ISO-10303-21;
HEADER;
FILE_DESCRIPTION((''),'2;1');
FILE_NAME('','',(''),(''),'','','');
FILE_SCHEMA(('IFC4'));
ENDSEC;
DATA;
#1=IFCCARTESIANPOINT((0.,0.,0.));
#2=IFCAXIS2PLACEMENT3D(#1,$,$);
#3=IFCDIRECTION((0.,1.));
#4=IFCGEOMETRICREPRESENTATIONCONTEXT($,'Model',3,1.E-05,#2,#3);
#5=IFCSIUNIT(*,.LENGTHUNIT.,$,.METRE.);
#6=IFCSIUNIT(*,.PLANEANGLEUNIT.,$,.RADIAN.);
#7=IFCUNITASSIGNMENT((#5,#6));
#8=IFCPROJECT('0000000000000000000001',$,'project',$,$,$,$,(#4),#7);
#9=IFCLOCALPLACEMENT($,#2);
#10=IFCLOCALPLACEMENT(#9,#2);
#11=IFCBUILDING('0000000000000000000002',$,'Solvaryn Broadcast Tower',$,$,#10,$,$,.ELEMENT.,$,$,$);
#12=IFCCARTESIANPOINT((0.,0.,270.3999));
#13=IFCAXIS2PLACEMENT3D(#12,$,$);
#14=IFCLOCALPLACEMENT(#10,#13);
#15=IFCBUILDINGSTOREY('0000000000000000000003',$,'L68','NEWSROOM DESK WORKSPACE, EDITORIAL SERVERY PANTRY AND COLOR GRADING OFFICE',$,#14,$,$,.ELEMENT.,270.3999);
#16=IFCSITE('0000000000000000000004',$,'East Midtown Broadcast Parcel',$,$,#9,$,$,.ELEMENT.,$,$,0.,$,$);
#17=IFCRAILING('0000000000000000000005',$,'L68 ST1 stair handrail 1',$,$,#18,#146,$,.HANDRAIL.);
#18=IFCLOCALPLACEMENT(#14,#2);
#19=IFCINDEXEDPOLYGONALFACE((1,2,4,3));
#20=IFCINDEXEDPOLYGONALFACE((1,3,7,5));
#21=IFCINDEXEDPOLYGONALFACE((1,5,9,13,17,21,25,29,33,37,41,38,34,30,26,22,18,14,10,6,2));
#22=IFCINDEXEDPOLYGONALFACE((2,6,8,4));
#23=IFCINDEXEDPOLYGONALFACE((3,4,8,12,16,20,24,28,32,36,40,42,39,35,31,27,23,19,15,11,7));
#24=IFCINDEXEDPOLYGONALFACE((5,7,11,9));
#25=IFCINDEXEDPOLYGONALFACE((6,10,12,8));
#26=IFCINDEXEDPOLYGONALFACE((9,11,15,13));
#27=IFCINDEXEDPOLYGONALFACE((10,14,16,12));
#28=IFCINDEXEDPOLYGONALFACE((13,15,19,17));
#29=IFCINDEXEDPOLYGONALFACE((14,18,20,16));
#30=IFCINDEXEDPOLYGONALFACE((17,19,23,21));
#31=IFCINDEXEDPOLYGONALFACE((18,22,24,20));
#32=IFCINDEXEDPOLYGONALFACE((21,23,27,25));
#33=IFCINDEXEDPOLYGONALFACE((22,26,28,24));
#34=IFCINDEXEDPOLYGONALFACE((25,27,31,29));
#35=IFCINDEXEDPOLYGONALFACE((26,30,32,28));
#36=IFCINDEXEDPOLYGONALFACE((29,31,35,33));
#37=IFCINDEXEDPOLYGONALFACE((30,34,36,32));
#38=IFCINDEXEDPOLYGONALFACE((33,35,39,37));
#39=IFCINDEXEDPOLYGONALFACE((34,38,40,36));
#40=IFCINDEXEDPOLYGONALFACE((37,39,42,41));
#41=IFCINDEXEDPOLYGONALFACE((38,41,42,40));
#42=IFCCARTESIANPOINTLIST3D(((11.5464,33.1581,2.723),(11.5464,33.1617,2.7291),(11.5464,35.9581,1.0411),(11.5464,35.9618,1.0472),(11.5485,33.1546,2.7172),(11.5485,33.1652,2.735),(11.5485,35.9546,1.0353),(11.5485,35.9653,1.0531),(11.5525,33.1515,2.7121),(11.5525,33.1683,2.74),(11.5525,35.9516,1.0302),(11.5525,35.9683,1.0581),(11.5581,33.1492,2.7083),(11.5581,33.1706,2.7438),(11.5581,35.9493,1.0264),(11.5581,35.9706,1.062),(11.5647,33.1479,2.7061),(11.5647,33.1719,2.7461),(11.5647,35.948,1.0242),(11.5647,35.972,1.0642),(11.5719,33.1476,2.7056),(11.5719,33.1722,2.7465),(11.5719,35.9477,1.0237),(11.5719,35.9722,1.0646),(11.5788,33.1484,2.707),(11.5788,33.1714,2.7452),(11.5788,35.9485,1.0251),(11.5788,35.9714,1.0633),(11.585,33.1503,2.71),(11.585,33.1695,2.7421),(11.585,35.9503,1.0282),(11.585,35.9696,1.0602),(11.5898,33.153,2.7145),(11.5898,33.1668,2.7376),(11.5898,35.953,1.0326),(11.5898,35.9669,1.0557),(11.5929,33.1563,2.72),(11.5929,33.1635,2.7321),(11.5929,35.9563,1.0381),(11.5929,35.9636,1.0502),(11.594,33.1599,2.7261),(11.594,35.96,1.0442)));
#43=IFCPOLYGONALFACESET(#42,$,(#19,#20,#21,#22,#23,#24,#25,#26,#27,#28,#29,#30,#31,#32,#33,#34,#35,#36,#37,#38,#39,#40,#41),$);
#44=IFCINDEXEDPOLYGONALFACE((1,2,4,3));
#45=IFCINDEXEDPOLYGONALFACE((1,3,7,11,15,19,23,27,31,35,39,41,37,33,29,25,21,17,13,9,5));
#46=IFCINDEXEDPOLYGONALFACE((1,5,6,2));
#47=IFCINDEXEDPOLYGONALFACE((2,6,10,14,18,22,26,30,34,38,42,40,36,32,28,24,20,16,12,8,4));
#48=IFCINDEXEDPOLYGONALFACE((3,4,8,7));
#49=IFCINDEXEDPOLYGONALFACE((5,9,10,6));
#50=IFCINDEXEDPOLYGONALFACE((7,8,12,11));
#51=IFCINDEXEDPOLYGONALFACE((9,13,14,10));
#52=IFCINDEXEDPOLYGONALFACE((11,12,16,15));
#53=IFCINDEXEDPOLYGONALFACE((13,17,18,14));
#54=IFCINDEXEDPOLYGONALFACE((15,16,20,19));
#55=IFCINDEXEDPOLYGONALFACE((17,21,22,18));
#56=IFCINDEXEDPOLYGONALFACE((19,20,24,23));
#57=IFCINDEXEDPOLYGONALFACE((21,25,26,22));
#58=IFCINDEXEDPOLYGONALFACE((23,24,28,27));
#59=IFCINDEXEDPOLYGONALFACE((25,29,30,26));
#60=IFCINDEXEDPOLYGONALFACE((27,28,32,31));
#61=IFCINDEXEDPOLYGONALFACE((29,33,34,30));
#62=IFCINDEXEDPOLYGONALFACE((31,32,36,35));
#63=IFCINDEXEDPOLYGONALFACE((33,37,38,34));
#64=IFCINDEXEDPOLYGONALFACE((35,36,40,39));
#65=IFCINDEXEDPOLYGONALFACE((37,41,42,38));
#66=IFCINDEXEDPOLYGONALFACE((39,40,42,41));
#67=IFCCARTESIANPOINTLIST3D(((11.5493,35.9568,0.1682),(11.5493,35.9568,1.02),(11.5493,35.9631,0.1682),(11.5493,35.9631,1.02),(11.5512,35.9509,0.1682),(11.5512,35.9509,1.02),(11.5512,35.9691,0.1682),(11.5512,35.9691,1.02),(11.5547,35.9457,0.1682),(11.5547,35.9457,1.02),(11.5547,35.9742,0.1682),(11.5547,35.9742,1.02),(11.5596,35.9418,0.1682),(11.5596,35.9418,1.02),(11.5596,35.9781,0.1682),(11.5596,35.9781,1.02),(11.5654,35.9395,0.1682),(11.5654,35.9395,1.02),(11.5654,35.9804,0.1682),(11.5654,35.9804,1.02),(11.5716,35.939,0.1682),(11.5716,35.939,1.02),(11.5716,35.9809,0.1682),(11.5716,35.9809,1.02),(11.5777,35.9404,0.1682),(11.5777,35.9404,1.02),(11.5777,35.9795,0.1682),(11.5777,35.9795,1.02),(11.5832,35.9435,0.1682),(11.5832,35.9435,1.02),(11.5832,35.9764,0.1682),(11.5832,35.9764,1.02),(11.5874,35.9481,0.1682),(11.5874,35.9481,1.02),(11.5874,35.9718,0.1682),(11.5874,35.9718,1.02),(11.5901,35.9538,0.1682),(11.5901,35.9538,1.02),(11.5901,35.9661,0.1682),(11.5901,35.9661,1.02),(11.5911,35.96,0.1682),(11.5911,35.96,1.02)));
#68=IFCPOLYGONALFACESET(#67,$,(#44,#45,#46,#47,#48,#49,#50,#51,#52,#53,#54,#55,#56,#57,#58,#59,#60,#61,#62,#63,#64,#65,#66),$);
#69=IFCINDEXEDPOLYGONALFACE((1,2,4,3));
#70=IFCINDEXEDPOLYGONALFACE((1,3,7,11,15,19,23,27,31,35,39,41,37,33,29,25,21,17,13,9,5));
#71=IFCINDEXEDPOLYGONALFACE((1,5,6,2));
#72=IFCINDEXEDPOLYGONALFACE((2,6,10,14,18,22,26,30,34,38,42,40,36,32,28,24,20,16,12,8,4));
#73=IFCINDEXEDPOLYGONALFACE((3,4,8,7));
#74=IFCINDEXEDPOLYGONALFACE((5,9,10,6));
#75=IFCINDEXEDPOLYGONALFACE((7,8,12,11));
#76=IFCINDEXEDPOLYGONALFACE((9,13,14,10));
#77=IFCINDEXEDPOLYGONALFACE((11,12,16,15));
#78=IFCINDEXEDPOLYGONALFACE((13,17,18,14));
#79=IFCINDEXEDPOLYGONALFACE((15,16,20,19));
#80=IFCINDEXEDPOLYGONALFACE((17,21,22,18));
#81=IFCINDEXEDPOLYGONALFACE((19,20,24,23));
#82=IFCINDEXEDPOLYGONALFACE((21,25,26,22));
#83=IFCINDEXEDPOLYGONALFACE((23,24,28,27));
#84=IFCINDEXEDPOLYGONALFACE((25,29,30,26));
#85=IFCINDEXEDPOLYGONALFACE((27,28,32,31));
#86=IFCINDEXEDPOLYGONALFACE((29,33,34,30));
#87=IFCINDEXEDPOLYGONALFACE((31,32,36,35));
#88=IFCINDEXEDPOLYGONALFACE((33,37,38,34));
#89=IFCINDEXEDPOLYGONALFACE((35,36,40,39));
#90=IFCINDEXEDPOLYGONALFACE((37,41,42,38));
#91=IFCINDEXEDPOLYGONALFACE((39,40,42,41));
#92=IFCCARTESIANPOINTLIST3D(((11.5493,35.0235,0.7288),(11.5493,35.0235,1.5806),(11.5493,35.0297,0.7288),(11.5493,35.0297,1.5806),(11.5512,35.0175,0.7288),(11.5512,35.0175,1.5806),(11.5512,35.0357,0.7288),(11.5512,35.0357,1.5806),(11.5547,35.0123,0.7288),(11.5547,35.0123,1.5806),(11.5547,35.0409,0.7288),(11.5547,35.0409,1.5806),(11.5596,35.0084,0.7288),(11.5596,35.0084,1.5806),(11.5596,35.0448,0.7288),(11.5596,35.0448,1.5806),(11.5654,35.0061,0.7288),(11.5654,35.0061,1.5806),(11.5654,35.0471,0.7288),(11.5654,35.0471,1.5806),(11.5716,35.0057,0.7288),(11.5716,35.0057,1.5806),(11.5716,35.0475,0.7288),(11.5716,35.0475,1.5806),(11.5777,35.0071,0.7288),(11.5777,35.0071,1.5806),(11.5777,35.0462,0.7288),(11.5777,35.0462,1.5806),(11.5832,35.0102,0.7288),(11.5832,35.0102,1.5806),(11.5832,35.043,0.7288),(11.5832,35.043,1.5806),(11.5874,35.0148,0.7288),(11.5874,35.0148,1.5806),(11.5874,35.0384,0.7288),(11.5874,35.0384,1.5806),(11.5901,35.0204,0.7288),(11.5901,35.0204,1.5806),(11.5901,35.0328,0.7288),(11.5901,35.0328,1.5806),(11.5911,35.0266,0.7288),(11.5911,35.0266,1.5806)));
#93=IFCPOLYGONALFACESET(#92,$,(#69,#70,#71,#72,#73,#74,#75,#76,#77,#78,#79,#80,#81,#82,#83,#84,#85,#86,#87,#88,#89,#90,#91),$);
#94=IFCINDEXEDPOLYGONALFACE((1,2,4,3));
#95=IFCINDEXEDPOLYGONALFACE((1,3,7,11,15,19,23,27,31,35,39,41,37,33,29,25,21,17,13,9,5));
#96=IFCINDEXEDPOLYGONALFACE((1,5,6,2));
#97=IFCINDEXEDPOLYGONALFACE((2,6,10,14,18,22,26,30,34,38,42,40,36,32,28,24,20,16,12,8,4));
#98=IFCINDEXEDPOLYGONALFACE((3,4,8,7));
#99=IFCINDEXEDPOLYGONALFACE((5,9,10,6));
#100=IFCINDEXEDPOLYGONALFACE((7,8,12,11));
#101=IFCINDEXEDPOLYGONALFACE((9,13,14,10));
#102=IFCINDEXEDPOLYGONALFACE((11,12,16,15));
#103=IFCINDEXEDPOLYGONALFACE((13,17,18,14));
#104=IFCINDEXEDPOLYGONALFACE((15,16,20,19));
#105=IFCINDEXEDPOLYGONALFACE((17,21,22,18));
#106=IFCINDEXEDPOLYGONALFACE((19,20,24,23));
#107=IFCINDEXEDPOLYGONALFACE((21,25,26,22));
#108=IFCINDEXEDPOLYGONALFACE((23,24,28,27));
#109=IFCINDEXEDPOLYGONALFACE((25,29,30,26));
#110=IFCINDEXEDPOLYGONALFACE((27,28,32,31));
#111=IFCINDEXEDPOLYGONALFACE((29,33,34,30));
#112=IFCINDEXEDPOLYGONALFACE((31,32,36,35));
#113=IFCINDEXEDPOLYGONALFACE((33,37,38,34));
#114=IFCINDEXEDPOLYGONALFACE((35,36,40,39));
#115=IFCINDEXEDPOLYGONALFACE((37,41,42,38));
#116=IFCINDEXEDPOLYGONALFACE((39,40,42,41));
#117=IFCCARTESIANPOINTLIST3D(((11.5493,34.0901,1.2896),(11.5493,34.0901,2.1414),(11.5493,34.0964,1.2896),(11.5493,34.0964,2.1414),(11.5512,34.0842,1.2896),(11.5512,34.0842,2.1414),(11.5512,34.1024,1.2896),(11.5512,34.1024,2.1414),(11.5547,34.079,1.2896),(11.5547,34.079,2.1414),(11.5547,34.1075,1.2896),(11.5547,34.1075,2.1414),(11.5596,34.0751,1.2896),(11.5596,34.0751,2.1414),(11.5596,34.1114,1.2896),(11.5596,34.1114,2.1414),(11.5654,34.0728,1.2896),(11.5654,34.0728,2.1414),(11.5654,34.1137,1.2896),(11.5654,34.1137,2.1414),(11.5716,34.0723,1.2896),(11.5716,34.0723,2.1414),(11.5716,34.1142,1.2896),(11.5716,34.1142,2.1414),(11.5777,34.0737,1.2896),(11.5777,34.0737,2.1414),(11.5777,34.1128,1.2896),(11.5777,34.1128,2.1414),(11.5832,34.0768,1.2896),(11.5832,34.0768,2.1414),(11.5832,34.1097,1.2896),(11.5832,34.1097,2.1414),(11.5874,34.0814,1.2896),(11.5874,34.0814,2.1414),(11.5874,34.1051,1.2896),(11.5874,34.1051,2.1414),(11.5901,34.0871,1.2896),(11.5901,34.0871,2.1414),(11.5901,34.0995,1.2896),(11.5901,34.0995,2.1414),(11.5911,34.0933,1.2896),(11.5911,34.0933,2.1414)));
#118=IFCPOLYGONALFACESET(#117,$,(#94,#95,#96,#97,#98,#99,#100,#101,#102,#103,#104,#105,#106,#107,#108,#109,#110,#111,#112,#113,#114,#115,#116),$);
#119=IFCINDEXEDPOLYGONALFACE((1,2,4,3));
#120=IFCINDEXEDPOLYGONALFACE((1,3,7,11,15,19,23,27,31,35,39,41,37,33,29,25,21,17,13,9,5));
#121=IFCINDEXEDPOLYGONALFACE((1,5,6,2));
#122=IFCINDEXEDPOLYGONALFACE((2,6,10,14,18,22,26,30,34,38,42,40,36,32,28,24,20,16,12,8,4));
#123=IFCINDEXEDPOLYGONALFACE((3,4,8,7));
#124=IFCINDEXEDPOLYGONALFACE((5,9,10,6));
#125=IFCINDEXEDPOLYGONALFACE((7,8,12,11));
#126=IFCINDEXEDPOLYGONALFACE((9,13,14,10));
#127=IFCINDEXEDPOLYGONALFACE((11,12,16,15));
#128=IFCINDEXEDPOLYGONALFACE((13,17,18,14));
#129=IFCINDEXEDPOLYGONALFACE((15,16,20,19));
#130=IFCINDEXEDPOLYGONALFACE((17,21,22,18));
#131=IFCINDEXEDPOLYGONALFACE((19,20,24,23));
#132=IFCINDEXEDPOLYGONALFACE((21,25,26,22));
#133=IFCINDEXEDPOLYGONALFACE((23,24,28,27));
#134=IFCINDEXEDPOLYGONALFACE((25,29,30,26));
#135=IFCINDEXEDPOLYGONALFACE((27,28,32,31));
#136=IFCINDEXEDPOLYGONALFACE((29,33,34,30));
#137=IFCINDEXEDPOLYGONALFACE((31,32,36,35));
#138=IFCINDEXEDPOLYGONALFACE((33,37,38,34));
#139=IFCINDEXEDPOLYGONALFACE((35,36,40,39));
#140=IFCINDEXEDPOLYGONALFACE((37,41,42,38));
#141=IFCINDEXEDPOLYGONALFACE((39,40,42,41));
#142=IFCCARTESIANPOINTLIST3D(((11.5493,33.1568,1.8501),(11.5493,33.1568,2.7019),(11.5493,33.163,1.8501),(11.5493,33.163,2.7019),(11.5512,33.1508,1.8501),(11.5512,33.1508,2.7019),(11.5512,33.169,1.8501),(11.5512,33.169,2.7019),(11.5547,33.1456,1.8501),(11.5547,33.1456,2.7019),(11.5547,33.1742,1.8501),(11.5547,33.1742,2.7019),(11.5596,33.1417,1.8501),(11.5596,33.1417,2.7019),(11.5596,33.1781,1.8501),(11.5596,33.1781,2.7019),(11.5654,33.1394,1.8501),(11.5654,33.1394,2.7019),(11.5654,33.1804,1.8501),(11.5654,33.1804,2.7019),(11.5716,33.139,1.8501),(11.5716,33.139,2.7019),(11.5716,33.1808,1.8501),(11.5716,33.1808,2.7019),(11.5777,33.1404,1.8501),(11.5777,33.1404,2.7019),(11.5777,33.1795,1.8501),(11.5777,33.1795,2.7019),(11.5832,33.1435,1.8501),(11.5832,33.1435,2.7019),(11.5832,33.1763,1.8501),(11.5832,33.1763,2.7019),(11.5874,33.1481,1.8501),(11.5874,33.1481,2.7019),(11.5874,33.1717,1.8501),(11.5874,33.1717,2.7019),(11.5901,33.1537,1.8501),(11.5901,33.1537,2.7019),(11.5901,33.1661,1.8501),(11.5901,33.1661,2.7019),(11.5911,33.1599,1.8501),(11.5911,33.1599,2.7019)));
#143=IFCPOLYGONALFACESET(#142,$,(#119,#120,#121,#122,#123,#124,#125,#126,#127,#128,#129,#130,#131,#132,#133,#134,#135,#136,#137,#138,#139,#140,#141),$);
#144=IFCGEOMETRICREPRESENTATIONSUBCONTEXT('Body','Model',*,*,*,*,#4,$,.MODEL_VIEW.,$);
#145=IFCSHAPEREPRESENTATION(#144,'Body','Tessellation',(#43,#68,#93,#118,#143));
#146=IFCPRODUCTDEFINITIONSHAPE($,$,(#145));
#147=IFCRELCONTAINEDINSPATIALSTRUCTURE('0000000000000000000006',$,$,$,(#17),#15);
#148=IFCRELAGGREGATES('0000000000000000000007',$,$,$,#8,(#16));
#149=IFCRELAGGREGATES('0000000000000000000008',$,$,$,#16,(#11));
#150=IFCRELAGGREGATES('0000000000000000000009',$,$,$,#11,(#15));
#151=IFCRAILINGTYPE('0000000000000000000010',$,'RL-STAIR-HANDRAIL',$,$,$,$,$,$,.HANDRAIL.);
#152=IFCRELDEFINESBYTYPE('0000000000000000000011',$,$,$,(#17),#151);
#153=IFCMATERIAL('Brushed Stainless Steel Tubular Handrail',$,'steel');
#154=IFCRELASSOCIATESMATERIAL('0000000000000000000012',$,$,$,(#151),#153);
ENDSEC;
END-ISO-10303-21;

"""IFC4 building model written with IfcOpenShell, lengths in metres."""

from ifc_helpers import new_model, si_unit, direction, frame, origin, origin_2d, place, context, subcontext, project, spatial, circle, extrude, material, type_object, element, save


model = new_model("IFC4")

# Units and contexts
model_context = context("Model", 3, precision=1e-05, world=origin(), true_north=direction((0.0, 1.0)))
body_context = subcontext(model_context, "Body", "Model", "MODEL_VIEW")
ifc_project = project(units=[si_unit("LENGTHUNIT", "METRE"), si_unit("PLANEANGLEUNIT", "RADIAN")], contexts=[model_context])

# Site, building, storey
site_placement = place(None, origin())
site = spatial("IfcSite", under=ifc_project, at=site_placement, Name="East Midtown Broadcast Parcel", CompositionType="ELEMENT", RefElevation=0.0)
building_placement = place(site_placement, origin())
building = spatial("IfcBuilding", under=site, at=building_placement, Name="Solvaryn Broadcast Tower", CompositionType="ELEMENT")
storey_placement = place(building_placement, frame((0.0, 0.0, 270.3999)))
storey = spatial("IfcBuildingStorey", under=building, at=storey_placement, Name="L68", Description="NEWSROOM DESK WORKSPACE, EDITORIAL SERVERY PANTRY AND COLOR GRADING OFFICE", CompositionType="ELEMENT", Elevation=270.3999)

# Railing
ifc_material_1 = material(Name="Brushed Stainless Steel Tubular Handrail", Category="steel")
railing_type_1 = type_object("IfcRailingType", Name="RL-STAIR-HANDRAIL", PredefinedType="HANDRAIL", material=ifc_material_1)
railing_1_placement = place(storey_placement, frame((11.5701, 35.96, 0.1682)))
element("IfcRailing", 1, at=railing_1_placement, inside=storey, type_object=railing_type_1, Name="L68 ST1 stair handrail 1", PredefinedType="HANDRAIL", context=body_context, shape_type="SweptSolid", body=[
    extrude(circle(Radius=0.0239, at=origin_2d()), frame((0.0, 0.0, 0.876), z_axis=(0.0, -0.857242, 0.514913), x_axis=(1.0, 0.0, 0.0)), (0.0, 0.0, 1.0), 3.2664),
    extrude(circle(Radius=0.021, at=origin_2d()), origin(), (0.0, 0.0, 1.0), 0.8518),
    extrude(circle(Radius=0.021, at=origin_2d()), frame((0.0, -0.9333, 0.5605)), (0.0, 0.0, 1.0), 0.8518),
    extrude(circle(Radius=0.021, at=origin_2d()), frame((0.0, -1.8667, 1.1213)), (0.0, 0.0, 1.0), 0.8518),
    extrude(circle(Radius=0.021, at=origin_2d()), frame((0.0, -2.8, 1.6819)), (0.0, 0.0, 1.0), 0.8518),
])

save(model, "model.ifc")
